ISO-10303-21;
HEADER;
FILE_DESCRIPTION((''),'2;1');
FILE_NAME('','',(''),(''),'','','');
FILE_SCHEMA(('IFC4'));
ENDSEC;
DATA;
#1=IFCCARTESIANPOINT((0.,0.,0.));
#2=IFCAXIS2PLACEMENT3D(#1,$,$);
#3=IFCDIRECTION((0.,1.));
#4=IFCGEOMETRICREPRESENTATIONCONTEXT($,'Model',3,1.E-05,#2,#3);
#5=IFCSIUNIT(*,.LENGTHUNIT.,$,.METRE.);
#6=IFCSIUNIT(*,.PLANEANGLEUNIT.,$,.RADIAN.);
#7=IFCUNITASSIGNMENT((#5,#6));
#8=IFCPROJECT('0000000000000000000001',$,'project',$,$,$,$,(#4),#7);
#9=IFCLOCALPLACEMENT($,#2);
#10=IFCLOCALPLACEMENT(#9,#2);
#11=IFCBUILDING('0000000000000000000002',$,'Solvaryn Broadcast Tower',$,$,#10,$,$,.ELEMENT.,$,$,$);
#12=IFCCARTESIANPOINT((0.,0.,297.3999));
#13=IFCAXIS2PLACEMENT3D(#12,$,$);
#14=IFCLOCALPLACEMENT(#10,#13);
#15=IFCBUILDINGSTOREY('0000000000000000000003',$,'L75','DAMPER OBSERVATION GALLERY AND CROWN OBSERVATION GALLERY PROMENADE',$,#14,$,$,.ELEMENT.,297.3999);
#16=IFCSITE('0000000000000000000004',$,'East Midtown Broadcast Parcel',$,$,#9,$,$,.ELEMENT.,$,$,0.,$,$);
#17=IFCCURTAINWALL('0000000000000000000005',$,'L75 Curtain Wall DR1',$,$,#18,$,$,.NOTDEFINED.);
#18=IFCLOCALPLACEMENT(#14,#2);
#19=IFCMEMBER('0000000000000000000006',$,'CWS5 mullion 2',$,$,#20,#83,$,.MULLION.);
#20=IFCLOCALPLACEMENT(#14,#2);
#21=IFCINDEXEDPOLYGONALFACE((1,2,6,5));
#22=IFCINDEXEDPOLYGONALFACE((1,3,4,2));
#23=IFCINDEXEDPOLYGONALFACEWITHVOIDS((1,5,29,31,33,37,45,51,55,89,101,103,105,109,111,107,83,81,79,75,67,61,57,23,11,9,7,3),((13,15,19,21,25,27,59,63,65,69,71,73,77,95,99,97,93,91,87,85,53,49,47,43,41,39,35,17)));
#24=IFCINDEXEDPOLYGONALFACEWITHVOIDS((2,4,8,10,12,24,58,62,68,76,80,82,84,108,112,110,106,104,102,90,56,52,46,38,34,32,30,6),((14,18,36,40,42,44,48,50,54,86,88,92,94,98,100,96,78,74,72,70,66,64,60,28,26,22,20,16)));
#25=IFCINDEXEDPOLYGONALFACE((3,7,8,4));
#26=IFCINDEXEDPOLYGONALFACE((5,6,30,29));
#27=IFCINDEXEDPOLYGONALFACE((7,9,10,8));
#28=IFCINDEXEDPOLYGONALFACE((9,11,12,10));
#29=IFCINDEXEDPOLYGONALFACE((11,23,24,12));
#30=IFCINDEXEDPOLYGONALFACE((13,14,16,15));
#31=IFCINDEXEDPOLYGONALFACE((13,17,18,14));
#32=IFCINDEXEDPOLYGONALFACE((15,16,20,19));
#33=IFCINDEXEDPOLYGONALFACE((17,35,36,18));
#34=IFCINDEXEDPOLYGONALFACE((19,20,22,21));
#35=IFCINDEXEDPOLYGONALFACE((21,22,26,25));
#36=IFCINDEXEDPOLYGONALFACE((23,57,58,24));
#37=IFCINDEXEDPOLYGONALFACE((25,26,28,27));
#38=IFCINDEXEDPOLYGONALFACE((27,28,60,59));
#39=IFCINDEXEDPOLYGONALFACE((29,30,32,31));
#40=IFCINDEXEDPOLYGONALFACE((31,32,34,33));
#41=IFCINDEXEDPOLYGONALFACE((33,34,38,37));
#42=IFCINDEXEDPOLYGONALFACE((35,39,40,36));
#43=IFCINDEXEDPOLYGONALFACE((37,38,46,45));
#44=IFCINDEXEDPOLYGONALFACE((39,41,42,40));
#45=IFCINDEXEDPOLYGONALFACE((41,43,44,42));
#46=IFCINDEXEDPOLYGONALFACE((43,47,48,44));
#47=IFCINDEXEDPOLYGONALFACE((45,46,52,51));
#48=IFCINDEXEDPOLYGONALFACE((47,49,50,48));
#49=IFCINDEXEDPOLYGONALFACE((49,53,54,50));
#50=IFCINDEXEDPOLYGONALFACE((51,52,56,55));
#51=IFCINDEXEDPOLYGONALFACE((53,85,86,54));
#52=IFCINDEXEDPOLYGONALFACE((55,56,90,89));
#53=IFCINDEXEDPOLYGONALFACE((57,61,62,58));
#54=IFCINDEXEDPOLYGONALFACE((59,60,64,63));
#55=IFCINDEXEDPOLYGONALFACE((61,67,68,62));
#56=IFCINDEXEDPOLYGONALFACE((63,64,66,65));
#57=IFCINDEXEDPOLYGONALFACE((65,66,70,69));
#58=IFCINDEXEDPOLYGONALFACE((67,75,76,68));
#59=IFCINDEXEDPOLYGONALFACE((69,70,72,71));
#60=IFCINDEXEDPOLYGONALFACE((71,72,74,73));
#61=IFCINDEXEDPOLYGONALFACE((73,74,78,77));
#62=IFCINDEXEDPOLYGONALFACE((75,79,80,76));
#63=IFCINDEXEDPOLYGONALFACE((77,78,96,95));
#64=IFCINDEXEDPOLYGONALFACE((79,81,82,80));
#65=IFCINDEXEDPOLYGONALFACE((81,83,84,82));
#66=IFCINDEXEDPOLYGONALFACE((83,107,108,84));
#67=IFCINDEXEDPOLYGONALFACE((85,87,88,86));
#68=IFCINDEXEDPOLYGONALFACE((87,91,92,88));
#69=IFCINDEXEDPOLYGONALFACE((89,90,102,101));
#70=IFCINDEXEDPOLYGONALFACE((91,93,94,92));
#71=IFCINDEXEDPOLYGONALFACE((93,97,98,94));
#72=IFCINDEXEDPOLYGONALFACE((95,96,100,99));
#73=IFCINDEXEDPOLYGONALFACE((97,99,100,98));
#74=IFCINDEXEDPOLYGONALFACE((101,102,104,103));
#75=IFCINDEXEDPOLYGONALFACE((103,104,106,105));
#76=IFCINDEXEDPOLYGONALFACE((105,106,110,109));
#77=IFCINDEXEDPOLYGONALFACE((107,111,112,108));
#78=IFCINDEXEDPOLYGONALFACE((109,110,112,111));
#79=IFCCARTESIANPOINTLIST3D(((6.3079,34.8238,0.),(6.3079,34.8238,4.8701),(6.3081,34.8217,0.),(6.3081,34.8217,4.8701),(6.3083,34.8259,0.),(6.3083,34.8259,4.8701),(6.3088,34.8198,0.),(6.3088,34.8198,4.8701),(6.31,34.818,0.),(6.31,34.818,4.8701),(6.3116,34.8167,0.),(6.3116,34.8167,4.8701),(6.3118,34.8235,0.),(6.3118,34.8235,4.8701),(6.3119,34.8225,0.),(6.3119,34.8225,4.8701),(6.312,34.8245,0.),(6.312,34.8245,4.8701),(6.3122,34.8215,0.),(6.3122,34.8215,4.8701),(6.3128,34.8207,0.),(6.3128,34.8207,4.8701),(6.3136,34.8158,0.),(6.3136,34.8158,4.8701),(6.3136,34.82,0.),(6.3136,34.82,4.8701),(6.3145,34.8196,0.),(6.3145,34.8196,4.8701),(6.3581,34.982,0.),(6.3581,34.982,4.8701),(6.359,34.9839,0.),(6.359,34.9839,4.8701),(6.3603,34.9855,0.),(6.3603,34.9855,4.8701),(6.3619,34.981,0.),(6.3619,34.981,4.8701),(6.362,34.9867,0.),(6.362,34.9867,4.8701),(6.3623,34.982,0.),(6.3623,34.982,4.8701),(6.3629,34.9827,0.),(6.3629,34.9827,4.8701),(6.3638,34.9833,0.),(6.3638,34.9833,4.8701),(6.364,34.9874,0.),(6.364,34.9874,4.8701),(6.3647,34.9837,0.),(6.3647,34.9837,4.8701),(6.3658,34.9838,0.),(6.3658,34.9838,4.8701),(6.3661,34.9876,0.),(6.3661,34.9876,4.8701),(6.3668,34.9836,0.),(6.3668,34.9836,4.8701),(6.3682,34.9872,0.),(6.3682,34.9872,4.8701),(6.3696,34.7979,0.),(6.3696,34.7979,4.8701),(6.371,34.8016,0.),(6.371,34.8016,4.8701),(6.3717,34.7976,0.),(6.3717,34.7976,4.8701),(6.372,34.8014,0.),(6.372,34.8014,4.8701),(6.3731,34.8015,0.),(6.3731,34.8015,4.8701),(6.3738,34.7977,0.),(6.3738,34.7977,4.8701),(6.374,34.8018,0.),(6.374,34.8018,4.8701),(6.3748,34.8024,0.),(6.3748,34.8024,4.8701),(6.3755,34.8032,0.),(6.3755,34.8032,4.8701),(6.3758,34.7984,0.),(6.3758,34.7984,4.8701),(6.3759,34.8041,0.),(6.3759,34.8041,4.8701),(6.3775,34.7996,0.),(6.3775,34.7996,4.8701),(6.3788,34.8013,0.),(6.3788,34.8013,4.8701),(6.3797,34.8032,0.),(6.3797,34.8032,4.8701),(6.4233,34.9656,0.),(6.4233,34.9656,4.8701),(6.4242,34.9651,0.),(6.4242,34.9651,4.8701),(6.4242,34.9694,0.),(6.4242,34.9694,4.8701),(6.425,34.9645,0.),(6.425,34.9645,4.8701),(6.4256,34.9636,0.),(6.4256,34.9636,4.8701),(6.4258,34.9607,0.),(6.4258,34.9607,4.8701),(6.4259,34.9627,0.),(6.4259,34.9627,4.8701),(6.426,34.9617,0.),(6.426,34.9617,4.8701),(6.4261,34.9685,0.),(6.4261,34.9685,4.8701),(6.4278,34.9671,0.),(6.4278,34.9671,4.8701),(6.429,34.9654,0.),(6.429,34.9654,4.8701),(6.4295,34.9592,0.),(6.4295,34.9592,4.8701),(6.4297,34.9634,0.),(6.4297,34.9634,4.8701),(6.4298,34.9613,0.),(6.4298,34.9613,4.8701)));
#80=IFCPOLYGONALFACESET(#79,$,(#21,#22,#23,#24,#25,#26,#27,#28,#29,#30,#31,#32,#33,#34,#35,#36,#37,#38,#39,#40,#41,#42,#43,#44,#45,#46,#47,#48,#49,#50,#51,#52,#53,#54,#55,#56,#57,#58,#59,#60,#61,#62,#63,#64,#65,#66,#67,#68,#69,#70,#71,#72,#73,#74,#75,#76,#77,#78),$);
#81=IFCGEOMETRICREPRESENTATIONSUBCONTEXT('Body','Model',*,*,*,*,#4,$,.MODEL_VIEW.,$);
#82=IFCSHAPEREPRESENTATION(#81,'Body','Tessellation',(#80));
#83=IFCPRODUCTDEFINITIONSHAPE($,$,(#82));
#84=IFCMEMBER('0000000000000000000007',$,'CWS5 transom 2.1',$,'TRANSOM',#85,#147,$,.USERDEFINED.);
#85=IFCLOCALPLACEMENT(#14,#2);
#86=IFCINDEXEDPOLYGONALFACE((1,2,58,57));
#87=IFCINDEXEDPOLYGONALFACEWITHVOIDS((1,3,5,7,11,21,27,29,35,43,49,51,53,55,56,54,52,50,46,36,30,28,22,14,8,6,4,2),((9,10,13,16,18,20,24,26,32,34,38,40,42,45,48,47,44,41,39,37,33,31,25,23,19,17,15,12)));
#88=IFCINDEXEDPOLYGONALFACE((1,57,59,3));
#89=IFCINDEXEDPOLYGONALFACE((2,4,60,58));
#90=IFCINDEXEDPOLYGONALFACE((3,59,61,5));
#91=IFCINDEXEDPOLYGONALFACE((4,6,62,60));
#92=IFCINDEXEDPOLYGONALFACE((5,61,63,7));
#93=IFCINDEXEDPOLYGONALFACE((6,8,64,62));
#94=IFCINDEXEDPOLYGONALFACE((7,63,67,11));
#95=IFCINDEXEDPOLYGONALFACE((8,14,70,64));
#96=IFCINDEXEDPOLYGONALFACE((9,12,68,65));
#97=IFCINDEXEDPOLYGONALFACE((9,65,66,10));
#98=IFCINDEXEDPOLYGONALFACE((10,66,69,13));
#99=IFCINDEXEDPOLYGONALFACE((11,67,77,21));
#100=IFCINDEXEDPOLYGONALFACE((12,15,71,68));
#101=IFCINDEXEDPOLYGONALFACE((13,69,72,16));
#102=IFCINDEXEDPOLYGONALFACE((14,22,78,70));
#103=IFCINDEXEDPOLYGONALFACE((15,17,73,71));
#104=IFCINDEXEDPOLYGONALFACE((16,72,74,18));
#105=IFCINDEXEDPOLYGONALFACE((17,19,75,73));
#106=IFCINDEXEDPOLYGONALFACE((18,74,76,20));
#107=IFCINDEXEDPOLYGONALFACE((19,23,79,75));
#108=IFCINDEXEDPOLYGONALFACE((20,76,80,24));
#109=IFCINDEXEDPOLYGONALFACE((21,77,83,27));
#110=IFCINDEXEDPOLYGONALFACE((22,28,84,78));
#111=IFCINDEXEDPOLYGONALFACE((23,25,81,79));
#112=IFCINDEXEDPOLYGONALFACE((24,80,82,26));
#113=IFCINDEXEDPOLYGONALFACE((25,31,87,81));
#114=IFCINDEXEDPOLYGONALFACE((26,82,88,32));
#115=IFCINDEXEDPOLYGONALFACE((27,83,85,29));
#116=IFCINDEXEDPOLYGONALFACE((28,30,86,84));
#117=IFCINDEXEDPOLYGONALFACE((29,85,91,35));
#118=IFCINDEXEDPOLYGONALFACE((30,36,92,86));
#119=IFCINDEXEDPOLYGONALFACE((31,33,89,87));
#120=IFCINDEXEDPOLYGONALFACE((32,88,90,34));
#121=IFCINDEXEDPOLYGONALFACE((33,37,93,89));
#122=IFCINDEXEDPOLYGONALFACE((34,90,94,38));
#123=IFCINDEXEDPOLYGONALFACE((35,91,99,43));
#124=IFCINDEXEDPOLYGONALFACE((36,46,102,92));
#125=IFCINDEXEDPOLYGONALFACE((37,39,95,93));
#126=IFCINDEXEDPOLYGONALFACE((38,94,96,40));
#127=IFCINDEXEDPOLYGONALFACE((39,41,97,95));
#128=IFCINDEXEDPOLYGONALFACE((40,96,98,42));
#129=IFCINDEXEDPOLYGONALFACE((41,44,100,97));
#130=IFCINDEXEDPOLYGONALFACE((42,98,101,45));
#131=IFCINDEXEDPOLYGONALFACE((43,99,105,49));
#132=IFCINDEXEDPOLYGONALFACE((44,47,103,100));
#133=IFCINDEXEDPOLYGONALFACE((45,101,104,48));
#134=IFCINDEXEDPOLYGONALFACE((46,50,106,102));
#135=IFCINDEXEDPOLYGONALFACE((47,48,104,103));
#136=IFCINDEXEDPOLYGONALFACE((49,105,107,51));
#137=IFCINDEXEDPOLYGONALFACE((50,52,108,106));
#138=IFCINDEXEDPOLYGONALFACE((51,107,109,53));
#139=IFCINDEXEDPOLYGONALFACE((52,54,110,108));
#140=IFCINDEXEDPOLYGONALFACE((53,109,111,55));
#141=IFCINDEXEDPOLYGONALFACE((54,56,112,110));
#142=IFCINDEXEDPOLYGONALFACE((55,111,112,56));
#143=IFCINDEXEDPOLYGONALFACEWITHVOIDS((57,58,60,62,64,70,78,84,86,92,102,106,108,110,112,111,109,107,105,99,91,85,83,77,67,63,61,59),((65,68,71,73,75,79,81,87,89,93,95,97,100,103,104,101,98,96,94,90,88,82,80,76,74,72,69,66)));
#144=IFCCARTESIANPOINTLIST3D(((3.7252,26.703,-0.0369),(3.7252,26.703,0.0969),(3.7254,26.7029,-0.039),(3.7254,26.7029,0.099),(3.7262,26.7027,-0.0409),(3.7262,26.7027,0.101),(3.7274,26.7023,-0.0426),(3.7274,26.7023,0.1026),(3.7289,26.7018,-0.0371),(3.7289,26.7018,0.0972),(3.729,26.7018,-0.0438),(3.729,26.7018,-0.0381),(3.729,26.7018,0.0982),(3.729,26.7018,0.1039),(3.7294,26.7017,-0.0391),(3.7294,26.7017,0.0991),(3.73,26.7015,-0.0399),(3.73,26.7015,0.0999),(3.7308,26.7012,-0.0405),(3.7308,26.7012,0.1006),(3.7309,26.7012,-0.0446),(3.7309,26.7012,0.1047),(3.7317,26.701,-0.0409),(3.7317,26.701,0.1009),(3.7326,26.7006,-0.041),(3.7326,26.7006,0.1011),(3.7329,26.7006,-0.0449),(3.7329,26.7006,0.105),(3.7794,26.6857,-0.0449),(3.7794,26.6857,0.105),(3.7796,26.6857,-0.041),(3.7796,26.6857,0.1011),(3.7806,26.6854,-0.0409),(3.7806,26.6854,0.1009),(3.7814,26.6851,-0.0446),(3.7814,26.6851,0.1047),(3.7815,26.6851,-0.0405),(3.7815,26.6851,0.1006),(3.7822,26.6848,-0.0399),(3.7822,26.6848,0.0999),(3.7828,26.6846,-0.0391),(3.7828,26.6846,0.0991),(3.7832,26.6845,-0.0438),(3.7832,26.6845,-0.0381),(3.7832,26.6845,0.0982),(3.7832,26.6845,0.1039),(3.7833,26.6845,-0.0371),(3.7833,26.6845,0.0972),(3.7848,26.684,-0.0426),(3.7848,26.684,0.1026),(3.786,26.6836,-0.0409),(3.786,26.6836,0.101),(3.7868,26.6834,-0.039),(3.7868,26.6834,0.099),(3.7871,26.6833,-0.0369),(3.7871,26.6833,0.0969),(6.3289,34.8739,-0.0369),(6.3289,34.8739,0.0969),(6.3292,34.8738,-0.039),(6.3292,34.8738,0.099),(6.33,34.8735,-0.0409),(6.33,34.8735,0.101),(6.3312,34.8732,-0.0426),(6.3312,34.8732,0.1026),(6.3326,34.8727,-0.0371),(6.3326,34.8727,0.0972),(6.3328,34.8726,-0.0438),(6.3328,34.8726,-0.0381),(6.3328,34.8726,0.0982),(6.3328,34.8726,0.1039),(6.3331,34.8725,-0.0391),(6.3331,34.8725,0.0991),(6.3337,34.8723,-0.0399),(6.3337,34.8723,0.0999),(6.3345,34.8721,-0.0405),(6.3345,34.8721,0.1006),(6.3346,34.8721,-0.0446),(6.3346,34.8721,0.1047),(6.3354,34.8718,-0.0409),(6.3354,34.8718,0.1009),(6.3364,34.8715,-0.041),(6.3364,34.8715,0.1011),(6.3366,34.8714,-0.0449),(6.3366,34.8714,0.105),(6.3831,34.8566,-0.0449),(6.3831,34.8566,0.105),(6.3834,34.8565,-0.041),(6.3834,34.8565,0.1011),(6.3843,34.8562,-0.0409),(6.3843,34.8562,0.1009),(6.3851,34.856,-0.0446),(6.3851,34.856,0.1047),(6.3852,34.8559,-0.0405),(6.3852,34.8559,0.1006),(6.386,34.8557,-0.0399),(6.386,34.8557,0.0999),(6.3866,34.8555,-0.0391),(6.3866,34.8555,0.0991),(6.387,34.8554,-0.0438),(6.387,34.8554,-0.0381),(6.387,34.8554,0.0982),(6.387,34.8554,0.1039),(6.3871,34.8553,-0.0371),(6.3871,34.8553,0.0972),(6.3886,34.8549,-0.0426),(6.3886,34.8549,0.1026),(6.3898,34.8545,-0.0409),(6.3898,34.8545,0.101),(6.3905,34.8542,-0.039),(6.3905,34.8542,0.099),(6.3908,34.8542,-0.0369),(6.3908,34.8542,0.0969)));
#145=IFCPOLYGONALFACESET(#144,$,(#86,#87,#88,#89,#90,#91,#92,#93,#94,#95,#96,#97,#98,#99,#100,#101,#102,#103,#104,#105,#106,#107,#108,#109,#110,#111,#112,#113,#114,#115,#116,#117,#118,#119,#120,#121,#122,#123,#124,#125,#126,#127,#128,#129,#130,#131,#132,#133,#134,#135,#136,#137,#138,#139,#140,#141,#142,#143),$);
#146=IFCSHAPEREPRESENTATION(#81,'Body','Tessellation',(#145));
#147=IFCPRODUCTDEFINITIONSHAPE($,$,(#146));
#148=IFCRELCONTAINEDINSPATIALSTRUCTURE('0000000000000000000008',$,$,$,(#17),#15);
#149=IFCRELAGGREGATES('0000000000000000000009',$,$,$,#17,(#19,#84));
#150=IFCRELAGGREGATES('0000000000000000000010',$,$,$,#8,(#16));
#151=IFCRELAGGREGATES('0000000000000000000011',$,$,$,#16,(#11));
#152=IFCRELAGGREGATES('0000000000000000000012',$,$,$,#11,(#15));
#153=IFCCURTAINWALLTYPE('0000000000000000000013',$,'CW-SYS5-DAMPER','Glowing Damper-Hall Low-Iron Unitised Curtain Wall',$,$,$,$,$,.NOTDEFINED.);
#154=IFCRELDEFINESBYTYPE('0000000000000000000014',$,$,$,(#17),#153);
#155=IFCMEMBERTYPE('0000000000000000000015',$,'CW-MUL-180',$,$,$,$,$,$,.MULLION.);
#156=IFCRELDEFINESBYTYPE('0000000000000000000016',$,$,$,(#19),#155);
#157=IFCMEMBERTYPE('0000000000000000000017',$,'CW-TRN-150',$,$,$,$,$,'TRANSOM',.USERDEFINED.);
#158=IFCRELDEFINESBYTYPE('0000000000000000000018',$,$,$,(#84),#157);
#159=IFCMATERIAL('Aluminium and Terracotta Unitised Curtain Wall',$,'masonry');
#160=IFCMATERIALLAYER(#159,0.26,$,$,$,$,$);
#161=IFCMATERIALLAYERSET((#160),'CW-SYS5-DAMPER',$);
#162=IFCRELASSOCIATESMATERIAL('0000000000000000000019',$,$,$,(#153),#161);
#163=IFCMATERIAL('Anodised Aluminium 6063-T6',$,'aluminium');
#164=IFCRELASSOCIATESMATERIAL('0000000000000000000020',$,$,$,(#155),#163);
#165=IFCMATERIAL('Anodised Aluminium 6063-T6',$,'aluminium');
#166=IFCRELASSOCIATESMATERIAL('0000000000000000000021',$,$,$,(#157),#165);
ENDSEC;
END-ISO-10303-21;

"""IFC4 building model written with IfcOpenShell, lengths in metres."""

from ifc_helpers import new_model, si_unit, direction, frame, origin, origin_2d, place, context, subcontext, project, spatial, hollow_rectangle, extrude, material, layer, layer_set, material_profile, profile_set, type_object, element, aggregate, save


model = new_model("IFC4")

# Units and contexts
model_context = context("Model", 3, precision=1e-05, world=origin(), true_north=direction((0.0, 1.0)))
body_context = subcontext(model_context, "Body", "Model", "MODEL_VIEW")
ifc_project = project(units=[si_unit("LENGTHUNIT", "METRE"), si_unit("PLANEANGLEUNIT", "RADIAN")], contexts=[model_context])

# Site, building, storey
site_placement = place(None, origin())
site = spatial("IfcSite", under=ifc_project, at=site_placement, Name="East Midtown Broadcast Parcel", CompositionType="ELEMENT", RefElevation=0.0)
building_placement = place(site_placement, origin())
building = spatial("IfcBuilding", under=site, at=building_placement, Name="Solvaryn Broadcast Tower", CompositionType="ELEMENT")
storey_placement = place(building_placement, frame((0.0, 0.0, 297.3999)))
storey = spatial("IfcBuildingStorey", under=building, at=storey_placement, Name="L75", Description="DAMPER OBSERVATION GALLERY AND CROWN OBSERVATION GALLERY PROMENADE", CompositionType="ELEMENT", Elevation=297.3999)

# Curtain wall, members
ifc_material_1 = material(Name="Aluminium and Terracotta Unitised Curtain Wall", Category="masonry")
ifc_layer_1 = layer(ifc_material_1, 0.26)
ifc_layer_set_1 = layer_set([ifc_layer_1], Name="CW-SYS5-DAMPER")
curtain_wall_type = type_object("IfcCurtainWallType", Name="CW-SYS5-DAMPER", Description="Glowing Damper-Hall Low-Iron Unitised Curtain Wall", PredefinedType="NOTDEFINED", material=ifc_layer_set_1)
curtain_wall_placement = place(storey_placement, origin())
curtain_wall = element("IfcCurtainWall", 1, at=curtain_wall_placement, inside=storey, type_object=curtain_wall_type, Name="L75 Curtain Wall DR1", PredefinedType="NOTDEFINED")
ifc_material_2 = material(Name="Anodised Aluminium 6063-T6", Category="aluminium")
ifc_material_profile_1 = material_profile(ifc_material_2, hollow_rectangle(XDim=0.075, YDim=0.1799, WallThickness=0.0039, InnerFilletRadius=0.0039, OuterFilletRadius=0.0081, at=origin_2d()))
ifc_profile_set_1 = profile_set([ifc_material_profile_1], Name="Anodised Aluminium 6063-T6")
member_type_1 = type_object("IfcMemberType", Name="CW-MUL-180", PredefinedType="MULLION", material=ifc_profile_set_1)
member_1_placement = place(storey_placement, frame((6.3689, 34.8926, 0.0), z_axis=(0.0, 0.0, 1.0), x_axis=(0.952795, -0.303616, 0.0)))
member_1 = element("IfcMember", 2, at=member_1_placement, type_object=member_type_1, Name="CWS5 mullion 2", PredefinedType="MULLION", context=body_context, shape_type="SweptSolid", body=[
    extrude(hollow_rectangle(XDim=0.075, YDim=0.1799, WallThickness=0.0039, InnerFilletRadius=0.0039, OuterFilletRadius=0.0081, at=origin_2d()), origin(), (0.0, 0.0, 1.0), 4.8701),
])
ifc_material_3 = material(Name="Anodised Aluminium 6063-T6", Category="aluminium")
ifc_material_profile_2 = material_profile(ifc_material_3, hollow_rectangle(XDim=0.0649, YDim=0.1499, WallThickness=0.0039, InnerFilletRadius=0.0039, OuterFilletRadius=0.0081, at=origin_2d()))
ifc_profile_set_2 = profile_set([ifc_material_profile_2], Name="Anodised Aluminium 6063-T6")
member_type_2 = type_object("IfcMemberType", Name="CW-TRN-150", ElementType="TRANSOM", PredefinedType="USERDEFINED", material=ifc_profile_set_2)
member_2_placement = place(storey_placement, frame((6.3599, 34.864, 0.03), z_axis=(-0.30362, -0.952793, 0.0), x_axis=(0.952793, -0.30362, 0.0)))
member_2 = element("IfcMember", 3, at=member_2_placement, type_object=member_type_2, Name="CWS5 transom 2.1", ObjectType="TRANSOM", PredefinedType="USERDEFINED", context=body_context, shape_type="SweptSolid", body=[
    extrude(hollow_rectangle(XDim=0.0649, YDim=0.1499, WallThickness=0.0039, InnerFilletRadius=0.0039, OuterFilletRadius=0.0081, at=origin_2d()), origin(), (0.0, 0.0, 1.0), 8.5757),
])
aggregate(curtain_wall, [member_1, member_2])

save(model, "model.ifc")
